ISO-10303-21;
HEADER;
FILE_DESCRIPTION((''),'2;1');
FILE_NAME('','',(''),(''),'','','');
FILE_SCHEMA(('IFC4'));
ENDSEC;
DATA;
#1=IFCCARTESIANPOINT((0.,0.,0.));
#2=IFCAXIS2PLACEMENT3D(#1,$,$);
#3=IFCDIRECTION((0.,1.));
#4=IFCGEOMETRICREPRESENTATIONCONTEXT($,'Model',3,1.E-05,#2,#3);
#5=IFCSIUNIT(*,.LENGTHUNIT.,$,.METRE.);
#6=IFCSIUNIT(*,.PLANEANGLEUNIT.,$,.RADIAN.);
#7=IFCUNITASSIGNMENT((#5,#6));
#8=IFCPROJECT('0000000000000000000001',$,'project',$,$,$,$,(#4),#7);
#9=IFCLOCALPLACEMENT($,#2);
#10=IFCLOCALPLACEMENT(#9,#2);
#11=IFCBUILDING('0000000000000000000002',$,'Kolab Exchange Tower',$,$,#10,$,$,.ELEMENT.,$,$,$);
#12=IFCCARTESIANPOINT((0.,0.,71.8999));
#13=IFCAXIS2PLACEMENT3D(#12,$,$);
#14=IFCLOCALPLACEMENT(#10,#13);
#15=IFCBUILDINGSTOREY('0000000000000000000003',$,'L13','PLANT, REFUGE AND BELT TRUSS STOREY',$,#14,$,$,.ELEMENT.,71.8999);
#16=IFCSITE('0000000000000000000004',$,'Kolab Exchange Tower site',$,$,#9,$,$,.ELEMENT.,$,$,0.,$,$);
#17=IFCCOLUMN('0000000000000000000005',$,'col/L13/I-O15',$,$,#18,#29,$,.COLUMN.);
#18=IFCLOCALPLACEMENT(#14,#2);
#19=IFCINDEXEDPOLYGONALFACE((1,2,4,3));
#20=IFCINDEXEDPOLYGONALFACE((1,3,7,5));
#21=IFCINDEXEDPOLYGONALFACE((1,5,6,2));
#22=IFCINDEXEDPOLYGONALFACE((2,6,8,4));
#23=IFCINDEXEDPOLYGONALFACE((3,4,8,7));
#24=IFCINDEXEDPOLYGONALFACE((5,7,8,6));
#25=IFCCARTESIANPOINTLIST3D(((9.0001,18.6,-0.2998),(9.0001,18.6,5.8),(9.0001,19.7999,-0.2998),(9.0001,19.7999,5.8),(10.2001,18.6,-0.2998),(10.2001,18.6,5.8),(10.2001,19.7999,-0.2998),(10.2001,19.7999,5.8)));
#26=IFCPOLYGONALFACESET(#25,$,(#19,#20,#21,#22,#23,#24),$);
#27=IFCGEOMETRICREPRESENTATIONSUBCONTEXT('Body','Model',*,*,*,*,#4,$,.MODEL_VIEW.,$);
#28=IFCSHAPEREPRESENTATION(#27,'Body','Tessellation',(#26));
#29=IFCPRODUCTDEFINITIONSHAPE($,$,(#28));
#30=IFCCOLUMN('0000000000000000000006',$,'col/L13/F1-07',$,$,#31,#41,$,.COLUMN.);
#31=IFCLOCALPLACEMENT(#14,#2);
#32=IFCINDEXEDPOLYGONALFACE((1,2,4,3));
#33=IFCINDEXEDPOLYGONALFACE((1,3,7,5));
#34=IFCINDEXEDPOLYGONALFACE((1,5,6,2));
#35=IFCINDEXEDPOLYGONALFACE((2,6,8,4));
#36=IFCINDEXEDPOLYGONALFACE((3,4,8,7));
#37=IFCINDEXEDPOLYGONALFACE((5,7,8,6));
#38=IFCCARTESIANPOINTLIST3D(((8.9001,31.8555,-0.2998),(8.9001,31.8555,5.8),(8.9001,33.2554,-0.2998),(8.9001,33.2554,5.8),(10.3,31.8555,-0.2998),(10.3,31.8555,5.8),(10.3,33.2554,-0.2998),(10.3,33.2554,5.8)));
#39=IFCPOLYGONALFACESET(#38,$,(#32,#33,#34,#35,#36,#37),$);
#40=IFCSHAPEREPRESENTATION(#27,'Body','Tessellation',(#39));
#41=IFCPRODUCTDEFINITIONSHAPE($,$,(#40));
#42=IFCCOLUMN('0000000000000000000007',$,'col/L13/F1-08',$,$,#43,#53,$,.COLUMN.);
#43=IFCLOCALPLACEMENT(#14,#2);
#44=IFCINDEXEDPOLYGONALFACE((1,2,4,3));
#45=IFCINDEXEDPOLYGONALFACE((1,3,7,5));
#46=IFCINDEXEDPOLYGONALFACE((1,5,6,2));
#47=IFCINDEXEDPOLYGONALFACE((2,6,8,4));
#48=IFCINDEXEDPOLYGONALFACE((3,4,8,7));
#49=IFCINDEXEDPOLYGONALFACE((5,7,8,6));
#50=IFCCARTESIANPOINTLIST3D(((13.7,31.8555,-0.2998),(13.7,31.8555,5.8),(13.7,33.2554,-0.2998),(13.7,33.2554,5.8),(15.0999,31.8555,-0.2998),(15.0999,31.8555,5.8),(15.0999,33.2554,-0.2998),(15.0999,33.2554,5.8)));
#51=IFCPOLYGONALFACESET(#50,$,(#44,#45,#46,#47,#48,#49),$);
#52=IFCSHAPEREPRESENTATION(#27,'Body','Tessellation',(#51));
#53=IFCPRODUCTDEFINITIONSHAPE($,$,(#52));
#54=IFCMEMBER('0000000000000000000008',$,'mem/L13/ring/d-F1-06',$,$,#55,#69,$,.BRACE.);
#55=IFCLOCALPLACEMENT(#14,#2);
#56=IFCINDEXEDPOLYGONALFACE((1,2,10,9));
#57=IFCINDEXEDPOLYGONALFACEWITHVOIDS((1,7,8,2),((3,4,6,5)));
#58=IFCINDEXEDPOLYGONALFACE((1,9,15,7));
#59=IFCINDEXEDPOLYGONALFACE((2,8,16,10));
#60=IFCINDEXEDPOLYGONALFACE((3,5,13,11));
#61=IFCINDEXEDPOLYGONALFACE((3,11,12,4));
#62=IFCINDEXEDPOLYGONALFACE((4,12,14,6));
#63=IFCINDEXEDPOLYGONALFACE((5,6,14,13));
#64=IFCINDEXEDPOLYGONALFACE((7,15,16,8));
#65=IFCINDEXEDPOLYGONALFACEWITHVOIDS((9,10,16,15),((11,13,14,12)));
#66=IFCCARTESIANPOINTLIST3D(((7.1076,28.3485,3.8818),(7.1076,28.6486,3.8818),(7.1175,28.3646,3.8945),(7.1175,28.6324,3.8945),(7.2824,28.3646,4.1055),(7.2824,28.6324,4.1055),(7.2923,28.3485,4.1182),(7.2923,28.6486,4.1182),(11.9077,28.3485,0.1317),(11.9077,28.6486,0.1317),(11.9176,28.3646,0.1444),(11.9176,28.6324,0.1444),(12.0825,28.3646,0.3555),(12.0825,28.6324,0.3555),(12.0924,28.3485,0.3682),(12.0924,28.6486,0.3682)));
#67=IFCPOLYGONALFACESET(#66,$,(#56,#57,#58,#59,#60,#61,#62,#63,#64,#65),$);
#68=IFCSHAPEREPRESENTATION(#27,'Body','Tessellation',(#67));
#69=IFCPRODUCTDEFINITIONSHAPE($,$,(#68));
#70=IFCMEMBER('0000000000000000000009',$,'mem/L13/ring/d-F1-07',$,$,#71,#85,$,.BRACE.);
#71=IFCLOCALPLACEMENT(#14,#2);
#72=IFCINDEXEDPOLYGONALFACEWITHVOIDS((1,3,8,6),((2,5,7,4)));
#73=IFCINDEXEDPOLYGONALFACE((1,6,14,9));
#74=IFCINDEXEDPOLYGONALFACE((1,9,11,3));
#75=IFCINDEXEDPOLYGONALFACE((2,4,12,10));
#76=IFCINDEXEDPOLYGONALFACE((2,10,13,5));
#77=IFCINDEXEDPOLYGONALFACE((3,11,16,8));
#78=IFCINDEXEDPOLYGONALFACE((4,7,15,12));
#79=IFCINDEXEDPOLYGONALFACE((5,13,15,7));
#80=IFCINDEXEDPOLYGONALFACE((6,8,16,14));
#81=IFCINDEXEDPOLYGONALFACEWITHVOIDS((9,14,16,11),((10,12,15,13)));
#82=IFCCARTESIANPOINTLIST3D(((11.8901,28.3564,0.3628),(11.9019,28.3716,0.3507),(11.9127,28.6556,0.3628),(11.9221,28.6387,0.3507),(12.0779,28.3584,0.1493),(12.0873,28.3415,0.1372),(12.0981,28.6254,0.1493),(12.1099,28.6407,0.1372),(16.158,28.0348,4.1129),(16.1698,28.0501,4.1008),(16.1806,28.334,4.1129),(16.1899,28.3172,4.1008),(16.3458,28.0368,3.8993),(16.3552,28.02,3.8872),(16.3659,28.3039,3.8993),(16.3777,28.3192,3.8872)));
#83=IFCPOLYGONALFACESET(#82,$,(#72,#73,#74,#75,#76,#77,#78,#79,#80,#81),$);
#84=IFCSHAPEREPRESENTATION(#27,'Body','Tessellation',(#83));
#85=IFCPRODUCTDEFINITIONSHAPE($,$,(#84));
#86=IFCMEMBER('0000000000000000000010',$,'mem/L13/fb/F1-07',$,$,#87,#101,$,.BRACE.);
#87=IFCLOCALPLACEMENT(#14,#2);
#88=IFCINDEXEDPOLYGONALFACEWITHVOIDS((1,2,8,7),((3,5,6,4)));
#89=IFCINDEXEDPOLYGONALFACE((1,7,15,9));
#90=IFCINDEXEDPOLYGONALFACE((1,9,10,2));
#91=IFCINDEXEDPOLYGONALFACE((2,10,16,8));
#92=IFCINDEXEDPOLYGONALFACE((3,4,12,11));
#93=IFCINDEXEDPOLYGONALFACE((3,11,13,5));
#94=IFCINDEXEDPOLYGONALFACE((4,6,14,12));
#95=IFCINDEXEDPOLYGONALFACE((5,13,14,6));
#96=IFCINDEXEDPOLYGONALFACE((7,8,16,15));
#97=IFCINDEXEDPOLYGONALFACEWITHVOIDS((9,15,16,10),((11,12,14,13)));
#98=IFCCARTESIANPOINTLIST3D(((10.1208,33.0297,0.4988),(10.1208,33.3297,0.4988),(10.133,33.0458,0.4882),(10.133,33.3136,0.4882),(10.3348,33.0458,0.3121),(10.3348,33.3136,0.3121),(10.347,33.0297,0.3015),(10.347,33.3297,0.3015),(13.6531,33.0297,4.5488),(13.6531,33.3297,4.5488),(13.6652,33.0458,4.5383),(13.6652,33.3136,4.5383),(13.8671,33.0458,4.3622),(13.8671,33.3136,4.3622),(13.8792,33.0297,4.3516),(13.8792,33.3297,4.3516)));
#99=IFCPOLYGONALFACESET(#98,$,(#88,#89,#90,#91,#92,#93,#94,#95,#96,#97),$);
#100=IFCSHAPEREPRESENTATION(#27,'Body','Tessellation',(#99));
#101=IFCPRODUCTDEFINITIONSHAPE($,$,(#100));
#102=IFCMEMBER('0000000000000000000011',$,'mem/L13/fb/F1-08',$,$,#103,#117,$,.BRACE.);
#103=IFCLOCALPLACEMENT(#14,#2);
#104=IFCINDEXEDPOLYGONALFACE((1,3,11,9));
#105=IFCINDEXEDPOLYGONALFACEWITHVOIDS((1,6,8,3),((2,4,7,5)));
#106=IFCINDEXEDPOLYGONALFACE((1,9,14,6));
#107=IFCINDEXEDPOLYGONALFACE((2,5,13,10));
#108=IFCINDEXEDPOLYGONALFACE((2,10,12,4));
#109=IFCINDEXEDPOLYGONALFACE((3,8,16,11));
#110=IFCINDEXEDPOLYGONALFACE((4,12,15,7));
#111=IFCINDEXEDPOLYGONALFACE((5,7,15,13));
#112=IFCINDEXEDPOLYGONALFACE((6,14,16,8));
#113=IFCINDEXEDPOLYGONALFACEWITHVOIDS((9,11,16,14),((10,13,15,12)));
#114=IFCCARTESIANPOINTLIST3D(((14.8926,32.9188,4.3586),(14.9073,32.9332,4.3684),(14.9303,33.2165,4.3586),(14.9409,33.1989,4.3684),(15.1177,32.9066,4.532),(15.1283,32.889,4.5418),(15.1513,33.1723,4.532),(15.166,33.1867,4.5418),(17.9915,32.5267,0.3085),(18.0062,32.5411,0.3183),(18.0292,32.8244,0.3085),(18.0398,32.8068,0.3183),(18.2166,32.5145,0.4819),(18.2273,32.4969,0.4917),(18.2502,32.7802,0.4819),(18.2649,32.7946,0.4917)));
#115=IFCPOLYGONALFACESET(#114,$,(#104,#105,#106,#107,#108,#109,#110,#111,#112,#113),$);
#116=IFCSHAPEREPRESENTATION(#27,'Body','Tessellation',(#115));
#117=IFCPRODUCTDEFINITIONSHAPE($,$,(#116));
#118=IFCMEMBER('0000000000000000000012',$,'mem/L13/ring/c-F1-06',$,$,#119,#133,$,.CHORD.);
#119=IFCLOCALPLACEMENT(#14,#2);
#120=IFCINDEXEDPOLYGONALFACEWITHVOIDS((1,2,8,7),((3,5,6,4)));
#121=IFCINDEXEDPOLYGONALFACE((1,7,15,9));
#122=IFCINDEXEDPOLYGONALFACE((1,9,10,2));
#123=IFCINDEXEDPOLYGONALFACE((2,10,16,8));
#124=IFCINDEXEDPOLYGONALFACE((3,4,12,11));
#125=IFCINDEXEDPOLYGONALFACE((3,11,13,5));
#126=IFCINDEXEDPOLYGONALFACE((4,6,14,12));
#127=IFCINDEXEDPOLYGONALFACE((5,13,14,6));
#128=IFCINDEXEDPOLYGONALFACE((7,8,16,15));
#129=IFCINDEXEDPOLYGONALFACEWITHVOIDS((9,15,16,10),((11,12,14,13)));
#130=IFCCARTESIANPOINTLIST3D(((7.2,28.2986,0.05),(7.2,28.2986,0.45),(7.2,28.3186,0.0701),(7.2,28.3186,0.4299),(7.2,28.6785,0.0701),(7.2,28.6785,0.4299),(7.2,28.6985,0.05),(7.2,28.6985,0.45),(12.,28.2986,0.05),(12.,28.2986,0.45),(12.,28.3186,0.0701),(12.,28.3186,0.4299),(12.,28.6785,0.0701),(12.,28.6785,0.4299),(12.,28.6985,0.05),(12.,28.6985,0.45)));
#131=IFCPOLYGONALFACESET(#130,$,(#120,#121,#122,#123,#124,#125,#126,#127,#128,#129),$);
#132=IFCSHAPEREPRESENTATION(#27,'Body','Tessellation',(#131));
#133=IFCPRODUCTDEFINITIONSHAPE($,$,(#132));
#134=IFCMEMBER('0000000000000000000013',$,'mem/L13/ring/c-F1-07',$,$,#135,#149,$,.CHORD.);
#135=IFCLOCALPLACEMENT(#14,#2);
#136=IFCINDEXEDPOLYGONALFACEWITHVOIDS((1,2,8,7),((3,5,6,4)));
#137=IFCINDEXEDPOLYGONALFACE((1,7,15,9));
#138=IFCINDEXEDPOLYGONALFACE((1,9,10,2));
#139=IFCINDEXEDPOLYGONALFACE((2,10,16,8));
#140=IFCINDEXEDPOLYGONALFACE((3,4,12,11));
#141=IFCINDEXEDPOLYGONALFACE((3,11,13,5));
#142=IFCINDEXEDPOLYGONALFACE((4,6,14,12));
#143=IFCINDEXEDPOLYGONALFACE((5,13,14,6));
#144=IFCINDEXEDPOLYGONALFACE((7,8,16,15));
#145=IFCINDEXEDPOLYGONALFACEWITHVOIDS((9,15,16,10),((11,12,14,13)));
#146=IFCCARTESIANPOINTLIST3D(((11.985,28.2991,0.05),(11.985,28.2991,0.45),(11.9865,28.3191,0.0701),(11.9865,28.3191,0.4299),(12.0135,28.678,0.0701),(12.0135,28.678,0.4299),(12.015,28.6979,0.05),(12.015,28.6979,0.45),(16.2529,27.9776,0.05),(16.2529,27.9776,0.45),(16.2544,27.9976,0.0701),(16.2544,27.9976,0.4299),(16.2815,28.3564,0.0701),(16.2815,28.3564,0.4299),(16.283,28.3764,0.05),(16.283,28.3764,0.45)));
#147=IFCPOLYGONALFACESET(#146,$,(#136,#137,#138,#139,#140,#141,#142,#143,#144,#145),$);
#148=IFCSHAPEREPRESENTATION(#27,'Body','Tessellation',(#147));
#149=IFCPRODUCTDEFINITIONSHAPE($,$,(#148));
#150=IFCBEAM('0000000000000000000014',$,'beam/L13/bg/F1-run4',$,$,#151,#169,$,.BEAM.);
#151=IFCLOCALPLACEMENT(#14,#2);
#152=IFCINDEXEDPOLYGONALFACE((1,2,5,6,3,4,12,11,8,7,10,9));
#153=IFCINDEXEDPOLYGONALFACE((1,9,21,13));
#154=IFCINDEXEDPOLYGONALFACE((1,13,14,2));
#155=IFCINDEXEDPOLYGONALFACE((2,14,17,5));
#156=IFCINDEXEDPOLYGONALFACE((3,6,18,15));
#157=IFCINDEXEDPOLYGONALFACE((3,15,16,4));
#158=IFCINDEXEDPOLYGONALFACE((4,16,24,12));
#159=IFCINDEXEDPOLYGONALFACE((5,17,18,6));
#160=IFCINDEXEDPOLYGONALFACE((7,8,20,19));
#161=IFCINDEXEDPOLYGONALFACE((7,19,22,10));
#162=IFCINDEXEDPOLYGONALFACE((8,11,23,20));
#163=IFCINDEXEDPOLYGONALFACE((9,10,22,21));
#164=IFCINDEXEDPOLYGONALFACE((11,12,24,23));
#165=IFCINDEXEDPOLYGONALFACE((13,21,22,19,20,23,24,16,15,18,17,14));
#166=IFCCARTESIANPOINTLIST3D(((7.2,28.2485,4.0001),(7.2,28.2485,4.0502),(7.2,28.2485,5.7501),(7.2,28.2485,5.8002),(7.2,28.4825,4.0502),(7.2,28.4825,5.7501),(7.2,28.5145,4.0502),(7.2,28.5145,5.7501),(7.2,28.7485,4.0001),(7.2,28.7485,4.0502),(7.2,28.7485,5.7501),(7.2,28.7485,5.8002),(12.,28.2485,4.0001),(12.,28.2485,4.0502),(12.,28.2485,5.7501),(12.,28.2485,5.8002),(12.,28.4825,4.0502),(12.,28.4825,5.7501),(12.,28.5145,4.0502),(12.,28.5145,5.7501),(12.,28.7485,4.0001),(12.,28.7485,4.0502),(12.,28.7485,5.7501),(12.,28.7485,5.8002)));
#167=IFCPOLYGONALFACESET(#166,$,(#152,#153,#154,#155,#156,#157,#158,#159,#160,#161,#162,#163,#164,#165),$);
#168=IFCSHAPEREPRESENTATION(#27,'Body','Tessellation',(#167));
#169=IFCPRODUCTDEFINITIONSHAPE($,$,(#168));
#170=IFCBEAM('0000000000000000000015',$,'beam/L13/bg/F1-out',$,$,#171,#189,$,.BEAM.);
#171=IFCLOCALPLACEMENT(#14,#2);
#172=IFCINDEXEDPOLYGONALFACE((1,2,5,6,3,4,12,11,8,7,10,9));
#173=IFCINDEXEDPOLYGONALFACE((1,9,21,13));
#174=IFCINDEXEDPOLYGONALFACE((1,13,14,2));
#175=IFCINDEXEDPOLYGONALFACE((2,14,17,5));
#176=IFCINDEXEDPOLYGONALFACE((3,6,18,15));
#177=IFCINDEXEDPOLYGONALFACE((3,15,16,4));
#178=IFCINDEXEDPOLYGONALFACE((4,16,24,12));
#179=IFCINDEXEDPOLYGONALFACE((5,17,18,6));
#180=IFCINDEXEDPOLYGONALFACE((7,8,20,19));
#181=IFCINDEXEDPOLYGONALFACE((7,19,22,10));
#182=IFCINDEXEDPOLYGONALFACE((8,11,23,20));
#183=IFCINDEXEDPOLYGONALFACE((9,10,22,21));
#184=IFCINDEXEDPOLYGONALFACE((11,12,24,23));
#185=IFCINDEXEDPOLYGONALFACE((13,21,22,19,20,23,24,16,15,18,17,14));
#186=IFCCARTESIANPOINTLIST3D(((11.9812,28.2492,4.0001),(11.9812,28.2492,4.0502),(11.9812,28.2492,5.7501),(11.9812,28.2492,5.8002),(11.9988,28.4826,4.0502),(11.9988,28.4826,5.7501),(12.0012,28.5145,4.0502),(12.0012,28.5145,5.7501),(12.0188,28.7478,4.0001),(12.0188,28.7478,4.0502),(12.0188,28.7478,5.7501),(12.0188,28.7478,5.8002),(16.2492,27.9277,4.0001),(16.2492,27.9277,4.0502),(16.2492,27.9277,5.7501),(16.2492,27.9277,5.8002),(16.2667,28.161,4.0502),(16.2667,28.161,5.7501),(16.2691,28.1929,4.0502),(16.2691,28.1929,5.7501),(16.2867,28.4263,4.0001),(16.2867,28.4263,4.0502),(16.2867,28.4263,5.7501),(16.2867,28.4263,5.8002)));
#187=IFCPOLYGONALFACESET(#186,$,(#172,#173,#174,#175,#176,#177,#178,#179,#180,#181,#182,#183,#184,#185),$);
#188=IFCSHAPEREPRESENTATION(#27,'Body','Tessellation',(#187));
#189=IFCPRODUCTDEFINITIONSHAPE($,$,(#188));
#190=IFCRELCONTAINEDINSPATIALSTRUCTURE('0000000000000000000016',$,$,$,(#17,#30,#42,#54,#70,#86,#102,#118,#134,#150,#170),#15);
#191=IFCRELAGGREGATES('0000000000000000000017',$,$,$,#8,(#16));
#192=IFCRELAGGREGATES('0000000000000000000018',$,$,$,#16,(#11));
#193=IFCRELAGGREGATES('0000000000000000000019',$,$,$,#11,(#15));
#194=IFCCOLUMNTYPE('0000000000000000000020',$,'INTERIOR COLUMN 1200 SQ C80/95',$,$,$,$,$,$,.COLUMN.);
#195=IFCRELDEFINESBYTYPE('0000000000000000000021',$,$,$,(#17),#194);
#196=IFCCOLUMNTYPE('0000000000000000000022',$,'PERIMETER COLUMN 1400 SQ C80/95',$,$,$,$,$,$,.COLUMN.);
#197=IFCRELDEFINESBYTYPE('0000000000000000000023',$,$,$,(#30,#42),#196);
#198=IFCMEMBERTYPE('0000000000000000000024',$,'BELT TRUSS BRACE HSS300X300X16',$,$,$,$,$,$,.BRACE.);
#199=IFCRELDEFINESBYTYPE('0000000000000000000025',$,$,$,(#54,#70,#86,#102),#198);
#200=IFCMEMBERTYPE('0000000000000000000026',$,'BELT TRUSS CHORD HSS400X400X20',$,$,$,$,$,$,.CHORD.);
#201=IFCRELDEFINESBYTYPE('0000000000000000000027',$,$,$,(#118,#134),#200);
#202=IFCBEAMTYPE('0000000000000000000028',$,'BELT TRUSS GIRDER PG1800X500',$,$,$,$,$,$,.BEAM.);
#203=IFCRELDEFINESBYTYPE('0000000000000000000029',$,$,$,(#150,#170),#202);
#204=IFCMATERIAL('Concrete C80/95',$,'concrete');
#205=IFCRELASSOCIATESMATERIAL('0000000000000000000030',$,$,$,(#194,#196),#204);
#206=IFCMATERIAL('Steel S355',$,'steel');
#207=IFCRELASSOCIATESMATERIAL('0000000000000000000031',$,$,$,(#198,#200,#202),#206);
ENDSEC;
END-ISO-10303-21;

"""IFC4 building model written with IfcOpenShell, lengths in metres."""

from ifc_helpers import new_model, si_unit, direction, frame, origin, origin_2d, place, context, subcontext, project, spatial, rectangle, hollow_rectangle, i_section, extrude, material, material_profile, profile_set, type_object, element, save


model = new_model("IFC4")

# Units and contexts
model_context = context("Model", 3, precision=1e-05, world=origin(), true_north=direction((0.0, 1.0)))
body_context = subcontext(model_context, "Body", "Model", "MODEL_VIEW")
ifc_project = project(units=[si_unit("LENGTHUNIT", "METRE"), si_unit("PLANEANGLEUNIT", "RADIAN")], contexts=[model_context])

# Site, building, storey
site_placement = place(None, origin())
site = spatial("IfcSite", under=ifc_project, at=site_placement, Name="Kolab Exchange Tower site", CompositionType="ELEMENT", RefElevation=0.0)
building_placement = place(site_placement, origin())
building = spatial("IfcBuilding", under=site, at=building_placement, Name="Kolab Exchange Tower", CompositionType="ELEMENT")
storey_placement = place(building_placement, frame((0.0, 0.0, 71.8999)))
storey = spatial("IfcBuildingStorey", under=building, at=storey_placement, Name="L13", Description="PLANT, REFUGE AND BELT TRUSS STOREY", CompositionType="ELEMENT", Elevation=71.8999)

# Columns
ifc_material_1 = material(Name="Concrete C80/95", Category="concrete")
ifc_material_profile_1 = material_profile(ifc_material_1, rectangle(XDim=1.2, YDim=1.2, at=origin_2d()), Name="RC1200")
ifc_profile_set_1 = profile_set([ifc_material_profile_1], Name="Concrete C80/95")
column_type_1 = type_object("IfcColumnType", Name="INTERIOR COLUMN 1200 SQ C80/95", PredefinedType="COLUMN", material=ifc_profile_set_1)
column_placement = place(storey_placement, frame((9.6001, 19.2, -0.2998), z_axis=(0.0, 0.0, 1.0), x_axis=(1.0, 0.0, 0.0)))
element("IfcColumn", 1, at=column_placement, inside=storey, type_object=column_type_1, Name="col/L13/I-O15", PredefinedType="COLUMN", context=body_context, shape_type="SweptSolid", body=[
    extrude(rectangle(XDim=1.2, YDim=1.2, at=origin_2d()), origin(), (0.0, 0.0, 1.0), 6.0999),
])
ifc_material_profile_2 = material_profile(ifc_material_1, rectangle(XDim=1.3999, YDim=1.3999, at=origin_2d()), Name="RC1400")
ifc_profile_set_2 = profile_set([ifc_material_profile_2], Name="Concrete C80/95")
column_type_2 = type_object("IfcColumnType", Name="PERIMETER COLUMN 1400 SQ C80/95", PredefinedType="COLUMN", material=ifc_profile_set_2)
for number, where, z_axis, x_axis, name in (
    (2, (9.6001, 32.5554, -0.2998), (0.0, 0.0, 1.0), (1.0, 0.0, 0.0), "col/L13/F1-07"),
    (3, (14.3999, 32.5554, -0.2998), (0.0, 0.0, 1.0), (1.0, 0.0, 0.0), "col/L13/F1-08"),
):
    element("IfcColumn", number, at=place(storey_placement, frame(where, z_axis=z_axis, x_axis=x_axis)), inside=storey, type_object=column_type_2, Name=name, PredefinedType="COLUMN", context=body_context, shape_type="SweptSolid", body=[
        extrude(rectangle(XDim=1.3999, YDim=1.3999, at=origin_2d()), origin(), (0.0, 0.0, 1.0), 6.0999),
    ])

# Members
ifc_material_2 = material(Name="Steel S355", Category="steel")
ifc_material_profile_3 = material_profile(ifc_material_2, hollow_rectangle(XDim=0.3, YDim=0.3, WallThickness=0.0161, at=origin_2d()), Name="HSS300X300X16")
ifc_profile_set_3 = profile_set([ifc_material_profile_3], Name="Steel S355")
member_type_1 = type_object("IfcMemberType", Name="BELT TRUSS BRACE HSS300X300X16", PredefinedType="BRACE", material=ifc_profile_set_3)
member_1_placement = place(storey_placement, frame((7.2, 28.4985, 4.0), z_axis=(0.788027, 0.0, -0.61564), x_axis=(0.0, 1.0, 0.0)))
element("IfcMember", 4, at=member_1_placement, inside=storey, type_object=member_type_1, Name="mem/L13/ring/d-F1-06", PredefinedType="BRACE", context=body_context, shape_type="SweptSolid", body=[
    extrude(hollow_rectangle(XDim=0.3, YDim=0.3, WallThickness=0.0161, at=origin_2d()), origin(), (0.0, 0.0, 1.0), 6.0913),
])
member_2_placement = place(storey_placement, frame((12.0, 28.4985, 0.25), z_axis=(0.750009, -0.056505, 0.659009), x_axis=(0.075126, 0.997174, 0.0)))
element("IfcMember", 5, at=member_2_placement, inside=storey, type_object=member_type_1, Name="mem/L13/ring/d-F1-07", PredefinedType="BRACE", context=body_context, shape_type="SweptSolid", body=[
    extrude(hollow_rectangle(XDim=0.3, YDim=0.3, WallThickness=0.0161, at=origin_2d()), origin(), (0.0, 0.0, 1.0), 5.6904),
])
member_3_placement = place(storey_placement, frame((10.2339, 33.1797, 0.4001), z_axis=(0.657285, 0.0, 0.753642), x_axis=(0.0, 1.0, 0.0)))
element("IfcMember", 6, at=member_3_placement, inside=storey, type_object=member_type_1, Name="mem/L13/fb/F1-07", PredefinedType="BRACE", context=body_context, shape_type="SweptSolid", body=[
    extrude(hollow_rectangle(XDim=0.3, YDim=0.3, WallThickness=0.0161, at=origin_2d()), origin(), (0.0, 0.0, 1.0), 5.374),
])
member_4_placement = place(storey_placement, frame((15.0293, 33.0527, 4.4502), z_axis=(0.605882, -0.07666, -0.791852), x_axis=(0.125526, 0.99209, 0.0)))
element("IfcMember", 7, at=member_4_placement, inside=storey, type_object=member_type_1, Name="mem/L13/fb/F1-08", PredefinedType="BRACE", context=body_context, shape_type="SweptSolid", body=[
    extrude(hollow_rectangle(XDim=0.3, YDim=0.3, WallThickness=0.0161, at=origin_2d()), origin(), (0.0, 0.0, 1.0), 5.1147),
])
ifc_material_profile_4 = material_profile(ifc_material_2, hollow_rectangle(XDim=0.3999, YDim=0.3999, WallThickness=0.02, at=origin_2d()), Name="HSS400X400X20")
ifc_profile_set_4 = profile_set([ifc_material_profile_4], Name="Steel S355")
member_type_2 = type_object("IfcMemberType", Name="BELT TRUSS CHORD HSS400X400X20", PredefinedType="CHORD", material=ifc_profile_set_4)
member_5_placement = place(storey_placement, frame((7.2, 28.4985, 0.25), z_axis=(1.0, 0.0, 0.0), x_axis=(0.0, 1.0, 0.0)))
element("IfcMember", 8, at=member_5_placement, inside=storey, type_object=member_type_2, Name="mem/L13/ring/c-F1-06", PredefinedType="CHORD", context=body_context, shape_type="SweptSolid", body=[
    extrude(hollow_rectangle(XDim=0.3999, YDim=0.3999, WallThickness=0.02, at=origin_2d()), origin(), (0.0, 0.0, 1.0), 4.8),
])
member_6_placement = place(storey_placement, frame((12.0, 28.4985, 0.25), z_axis=(0.997174, -0.075126, 0.0), x_axis=(0.075126, 0.997174, 0.0)))
element("IfcMember", 9, at=member_6_placement, inside=storey, type_object=member_type_2, Name="mem/L13/ring/c-F1-07", PredefinedType="CHORD", context=body_context, shape_type="SweptSolid", body=[
    extrude(hollow_rectangle(XDim=0.3999, YDim=0.3999, WallThickness=0.02, at=origin_2d()), origin(), (0.0, 0.0, 1.0), 4.28),
])

# Beams
ifc_material_profile_5 = material_profile(ifc_material_2, i_section(OverallWidth=0.5, OverallDepth=1.8, WebThickness=0.032, FlangeThickness=0.05, at=origin_2d()), Name="PG1800X500")
ifc_profile_set_5 = profile_set([ifc_material_profile_5], Name="Steel S355")
beam_type_1 = type_object("IfcBeamType", Name="BELT TRUSS GIRDER PG1800X500", PredefinedType="BEAM", material=ifc_profile_set_5)
beam_1_placement = place(storey_placement, frame((7.2, 28.4985, 4.9001), z_axis=(1.0, 0.0, 0.0), x_axis=(0.0, 1.0, 0.0)))
element("IfcBeam", 10, at=beam_1_placement, inside=storey, type_object=beam_type_1, Name="beam/L13/bg/F1-run4", PredefinedType="BEAM", context=body_context, shape_type="SweptSolid", body=[
    extrude(i_section(OverallWidth=0.5, OverallDepth=1.8, WebThickness=0.032, FlangeThickness=0.05, at=origin_2d()), origin(), (0.0, 0.0, 1.0), 4.8),
])
beam_2_placement = place(storey_placement, frame((12.0, 28.4985, 4.9001), z_axis=(0.997174, -0.075126, 0.0), x_axis=(0.075126, 0.997174, 0.0)))
element("IfcBeam", 11, at=beam_2_placement, inside=storey, type_object=beam_type_1, Name="beam/L13/bg/F1-out", PredefinedType="BEAM", context=body_context, shape_type="SweptSolid", body=[
    extrude(i_section(OverallWidth=0.5, OverallDepth=1.8, WebThickness=0.032, FlangeThickness=0.05, at=origin_2d()), origin(), (0.0, 0.0, 1.0), 4.28),
])

save(model, "model.ifc")
